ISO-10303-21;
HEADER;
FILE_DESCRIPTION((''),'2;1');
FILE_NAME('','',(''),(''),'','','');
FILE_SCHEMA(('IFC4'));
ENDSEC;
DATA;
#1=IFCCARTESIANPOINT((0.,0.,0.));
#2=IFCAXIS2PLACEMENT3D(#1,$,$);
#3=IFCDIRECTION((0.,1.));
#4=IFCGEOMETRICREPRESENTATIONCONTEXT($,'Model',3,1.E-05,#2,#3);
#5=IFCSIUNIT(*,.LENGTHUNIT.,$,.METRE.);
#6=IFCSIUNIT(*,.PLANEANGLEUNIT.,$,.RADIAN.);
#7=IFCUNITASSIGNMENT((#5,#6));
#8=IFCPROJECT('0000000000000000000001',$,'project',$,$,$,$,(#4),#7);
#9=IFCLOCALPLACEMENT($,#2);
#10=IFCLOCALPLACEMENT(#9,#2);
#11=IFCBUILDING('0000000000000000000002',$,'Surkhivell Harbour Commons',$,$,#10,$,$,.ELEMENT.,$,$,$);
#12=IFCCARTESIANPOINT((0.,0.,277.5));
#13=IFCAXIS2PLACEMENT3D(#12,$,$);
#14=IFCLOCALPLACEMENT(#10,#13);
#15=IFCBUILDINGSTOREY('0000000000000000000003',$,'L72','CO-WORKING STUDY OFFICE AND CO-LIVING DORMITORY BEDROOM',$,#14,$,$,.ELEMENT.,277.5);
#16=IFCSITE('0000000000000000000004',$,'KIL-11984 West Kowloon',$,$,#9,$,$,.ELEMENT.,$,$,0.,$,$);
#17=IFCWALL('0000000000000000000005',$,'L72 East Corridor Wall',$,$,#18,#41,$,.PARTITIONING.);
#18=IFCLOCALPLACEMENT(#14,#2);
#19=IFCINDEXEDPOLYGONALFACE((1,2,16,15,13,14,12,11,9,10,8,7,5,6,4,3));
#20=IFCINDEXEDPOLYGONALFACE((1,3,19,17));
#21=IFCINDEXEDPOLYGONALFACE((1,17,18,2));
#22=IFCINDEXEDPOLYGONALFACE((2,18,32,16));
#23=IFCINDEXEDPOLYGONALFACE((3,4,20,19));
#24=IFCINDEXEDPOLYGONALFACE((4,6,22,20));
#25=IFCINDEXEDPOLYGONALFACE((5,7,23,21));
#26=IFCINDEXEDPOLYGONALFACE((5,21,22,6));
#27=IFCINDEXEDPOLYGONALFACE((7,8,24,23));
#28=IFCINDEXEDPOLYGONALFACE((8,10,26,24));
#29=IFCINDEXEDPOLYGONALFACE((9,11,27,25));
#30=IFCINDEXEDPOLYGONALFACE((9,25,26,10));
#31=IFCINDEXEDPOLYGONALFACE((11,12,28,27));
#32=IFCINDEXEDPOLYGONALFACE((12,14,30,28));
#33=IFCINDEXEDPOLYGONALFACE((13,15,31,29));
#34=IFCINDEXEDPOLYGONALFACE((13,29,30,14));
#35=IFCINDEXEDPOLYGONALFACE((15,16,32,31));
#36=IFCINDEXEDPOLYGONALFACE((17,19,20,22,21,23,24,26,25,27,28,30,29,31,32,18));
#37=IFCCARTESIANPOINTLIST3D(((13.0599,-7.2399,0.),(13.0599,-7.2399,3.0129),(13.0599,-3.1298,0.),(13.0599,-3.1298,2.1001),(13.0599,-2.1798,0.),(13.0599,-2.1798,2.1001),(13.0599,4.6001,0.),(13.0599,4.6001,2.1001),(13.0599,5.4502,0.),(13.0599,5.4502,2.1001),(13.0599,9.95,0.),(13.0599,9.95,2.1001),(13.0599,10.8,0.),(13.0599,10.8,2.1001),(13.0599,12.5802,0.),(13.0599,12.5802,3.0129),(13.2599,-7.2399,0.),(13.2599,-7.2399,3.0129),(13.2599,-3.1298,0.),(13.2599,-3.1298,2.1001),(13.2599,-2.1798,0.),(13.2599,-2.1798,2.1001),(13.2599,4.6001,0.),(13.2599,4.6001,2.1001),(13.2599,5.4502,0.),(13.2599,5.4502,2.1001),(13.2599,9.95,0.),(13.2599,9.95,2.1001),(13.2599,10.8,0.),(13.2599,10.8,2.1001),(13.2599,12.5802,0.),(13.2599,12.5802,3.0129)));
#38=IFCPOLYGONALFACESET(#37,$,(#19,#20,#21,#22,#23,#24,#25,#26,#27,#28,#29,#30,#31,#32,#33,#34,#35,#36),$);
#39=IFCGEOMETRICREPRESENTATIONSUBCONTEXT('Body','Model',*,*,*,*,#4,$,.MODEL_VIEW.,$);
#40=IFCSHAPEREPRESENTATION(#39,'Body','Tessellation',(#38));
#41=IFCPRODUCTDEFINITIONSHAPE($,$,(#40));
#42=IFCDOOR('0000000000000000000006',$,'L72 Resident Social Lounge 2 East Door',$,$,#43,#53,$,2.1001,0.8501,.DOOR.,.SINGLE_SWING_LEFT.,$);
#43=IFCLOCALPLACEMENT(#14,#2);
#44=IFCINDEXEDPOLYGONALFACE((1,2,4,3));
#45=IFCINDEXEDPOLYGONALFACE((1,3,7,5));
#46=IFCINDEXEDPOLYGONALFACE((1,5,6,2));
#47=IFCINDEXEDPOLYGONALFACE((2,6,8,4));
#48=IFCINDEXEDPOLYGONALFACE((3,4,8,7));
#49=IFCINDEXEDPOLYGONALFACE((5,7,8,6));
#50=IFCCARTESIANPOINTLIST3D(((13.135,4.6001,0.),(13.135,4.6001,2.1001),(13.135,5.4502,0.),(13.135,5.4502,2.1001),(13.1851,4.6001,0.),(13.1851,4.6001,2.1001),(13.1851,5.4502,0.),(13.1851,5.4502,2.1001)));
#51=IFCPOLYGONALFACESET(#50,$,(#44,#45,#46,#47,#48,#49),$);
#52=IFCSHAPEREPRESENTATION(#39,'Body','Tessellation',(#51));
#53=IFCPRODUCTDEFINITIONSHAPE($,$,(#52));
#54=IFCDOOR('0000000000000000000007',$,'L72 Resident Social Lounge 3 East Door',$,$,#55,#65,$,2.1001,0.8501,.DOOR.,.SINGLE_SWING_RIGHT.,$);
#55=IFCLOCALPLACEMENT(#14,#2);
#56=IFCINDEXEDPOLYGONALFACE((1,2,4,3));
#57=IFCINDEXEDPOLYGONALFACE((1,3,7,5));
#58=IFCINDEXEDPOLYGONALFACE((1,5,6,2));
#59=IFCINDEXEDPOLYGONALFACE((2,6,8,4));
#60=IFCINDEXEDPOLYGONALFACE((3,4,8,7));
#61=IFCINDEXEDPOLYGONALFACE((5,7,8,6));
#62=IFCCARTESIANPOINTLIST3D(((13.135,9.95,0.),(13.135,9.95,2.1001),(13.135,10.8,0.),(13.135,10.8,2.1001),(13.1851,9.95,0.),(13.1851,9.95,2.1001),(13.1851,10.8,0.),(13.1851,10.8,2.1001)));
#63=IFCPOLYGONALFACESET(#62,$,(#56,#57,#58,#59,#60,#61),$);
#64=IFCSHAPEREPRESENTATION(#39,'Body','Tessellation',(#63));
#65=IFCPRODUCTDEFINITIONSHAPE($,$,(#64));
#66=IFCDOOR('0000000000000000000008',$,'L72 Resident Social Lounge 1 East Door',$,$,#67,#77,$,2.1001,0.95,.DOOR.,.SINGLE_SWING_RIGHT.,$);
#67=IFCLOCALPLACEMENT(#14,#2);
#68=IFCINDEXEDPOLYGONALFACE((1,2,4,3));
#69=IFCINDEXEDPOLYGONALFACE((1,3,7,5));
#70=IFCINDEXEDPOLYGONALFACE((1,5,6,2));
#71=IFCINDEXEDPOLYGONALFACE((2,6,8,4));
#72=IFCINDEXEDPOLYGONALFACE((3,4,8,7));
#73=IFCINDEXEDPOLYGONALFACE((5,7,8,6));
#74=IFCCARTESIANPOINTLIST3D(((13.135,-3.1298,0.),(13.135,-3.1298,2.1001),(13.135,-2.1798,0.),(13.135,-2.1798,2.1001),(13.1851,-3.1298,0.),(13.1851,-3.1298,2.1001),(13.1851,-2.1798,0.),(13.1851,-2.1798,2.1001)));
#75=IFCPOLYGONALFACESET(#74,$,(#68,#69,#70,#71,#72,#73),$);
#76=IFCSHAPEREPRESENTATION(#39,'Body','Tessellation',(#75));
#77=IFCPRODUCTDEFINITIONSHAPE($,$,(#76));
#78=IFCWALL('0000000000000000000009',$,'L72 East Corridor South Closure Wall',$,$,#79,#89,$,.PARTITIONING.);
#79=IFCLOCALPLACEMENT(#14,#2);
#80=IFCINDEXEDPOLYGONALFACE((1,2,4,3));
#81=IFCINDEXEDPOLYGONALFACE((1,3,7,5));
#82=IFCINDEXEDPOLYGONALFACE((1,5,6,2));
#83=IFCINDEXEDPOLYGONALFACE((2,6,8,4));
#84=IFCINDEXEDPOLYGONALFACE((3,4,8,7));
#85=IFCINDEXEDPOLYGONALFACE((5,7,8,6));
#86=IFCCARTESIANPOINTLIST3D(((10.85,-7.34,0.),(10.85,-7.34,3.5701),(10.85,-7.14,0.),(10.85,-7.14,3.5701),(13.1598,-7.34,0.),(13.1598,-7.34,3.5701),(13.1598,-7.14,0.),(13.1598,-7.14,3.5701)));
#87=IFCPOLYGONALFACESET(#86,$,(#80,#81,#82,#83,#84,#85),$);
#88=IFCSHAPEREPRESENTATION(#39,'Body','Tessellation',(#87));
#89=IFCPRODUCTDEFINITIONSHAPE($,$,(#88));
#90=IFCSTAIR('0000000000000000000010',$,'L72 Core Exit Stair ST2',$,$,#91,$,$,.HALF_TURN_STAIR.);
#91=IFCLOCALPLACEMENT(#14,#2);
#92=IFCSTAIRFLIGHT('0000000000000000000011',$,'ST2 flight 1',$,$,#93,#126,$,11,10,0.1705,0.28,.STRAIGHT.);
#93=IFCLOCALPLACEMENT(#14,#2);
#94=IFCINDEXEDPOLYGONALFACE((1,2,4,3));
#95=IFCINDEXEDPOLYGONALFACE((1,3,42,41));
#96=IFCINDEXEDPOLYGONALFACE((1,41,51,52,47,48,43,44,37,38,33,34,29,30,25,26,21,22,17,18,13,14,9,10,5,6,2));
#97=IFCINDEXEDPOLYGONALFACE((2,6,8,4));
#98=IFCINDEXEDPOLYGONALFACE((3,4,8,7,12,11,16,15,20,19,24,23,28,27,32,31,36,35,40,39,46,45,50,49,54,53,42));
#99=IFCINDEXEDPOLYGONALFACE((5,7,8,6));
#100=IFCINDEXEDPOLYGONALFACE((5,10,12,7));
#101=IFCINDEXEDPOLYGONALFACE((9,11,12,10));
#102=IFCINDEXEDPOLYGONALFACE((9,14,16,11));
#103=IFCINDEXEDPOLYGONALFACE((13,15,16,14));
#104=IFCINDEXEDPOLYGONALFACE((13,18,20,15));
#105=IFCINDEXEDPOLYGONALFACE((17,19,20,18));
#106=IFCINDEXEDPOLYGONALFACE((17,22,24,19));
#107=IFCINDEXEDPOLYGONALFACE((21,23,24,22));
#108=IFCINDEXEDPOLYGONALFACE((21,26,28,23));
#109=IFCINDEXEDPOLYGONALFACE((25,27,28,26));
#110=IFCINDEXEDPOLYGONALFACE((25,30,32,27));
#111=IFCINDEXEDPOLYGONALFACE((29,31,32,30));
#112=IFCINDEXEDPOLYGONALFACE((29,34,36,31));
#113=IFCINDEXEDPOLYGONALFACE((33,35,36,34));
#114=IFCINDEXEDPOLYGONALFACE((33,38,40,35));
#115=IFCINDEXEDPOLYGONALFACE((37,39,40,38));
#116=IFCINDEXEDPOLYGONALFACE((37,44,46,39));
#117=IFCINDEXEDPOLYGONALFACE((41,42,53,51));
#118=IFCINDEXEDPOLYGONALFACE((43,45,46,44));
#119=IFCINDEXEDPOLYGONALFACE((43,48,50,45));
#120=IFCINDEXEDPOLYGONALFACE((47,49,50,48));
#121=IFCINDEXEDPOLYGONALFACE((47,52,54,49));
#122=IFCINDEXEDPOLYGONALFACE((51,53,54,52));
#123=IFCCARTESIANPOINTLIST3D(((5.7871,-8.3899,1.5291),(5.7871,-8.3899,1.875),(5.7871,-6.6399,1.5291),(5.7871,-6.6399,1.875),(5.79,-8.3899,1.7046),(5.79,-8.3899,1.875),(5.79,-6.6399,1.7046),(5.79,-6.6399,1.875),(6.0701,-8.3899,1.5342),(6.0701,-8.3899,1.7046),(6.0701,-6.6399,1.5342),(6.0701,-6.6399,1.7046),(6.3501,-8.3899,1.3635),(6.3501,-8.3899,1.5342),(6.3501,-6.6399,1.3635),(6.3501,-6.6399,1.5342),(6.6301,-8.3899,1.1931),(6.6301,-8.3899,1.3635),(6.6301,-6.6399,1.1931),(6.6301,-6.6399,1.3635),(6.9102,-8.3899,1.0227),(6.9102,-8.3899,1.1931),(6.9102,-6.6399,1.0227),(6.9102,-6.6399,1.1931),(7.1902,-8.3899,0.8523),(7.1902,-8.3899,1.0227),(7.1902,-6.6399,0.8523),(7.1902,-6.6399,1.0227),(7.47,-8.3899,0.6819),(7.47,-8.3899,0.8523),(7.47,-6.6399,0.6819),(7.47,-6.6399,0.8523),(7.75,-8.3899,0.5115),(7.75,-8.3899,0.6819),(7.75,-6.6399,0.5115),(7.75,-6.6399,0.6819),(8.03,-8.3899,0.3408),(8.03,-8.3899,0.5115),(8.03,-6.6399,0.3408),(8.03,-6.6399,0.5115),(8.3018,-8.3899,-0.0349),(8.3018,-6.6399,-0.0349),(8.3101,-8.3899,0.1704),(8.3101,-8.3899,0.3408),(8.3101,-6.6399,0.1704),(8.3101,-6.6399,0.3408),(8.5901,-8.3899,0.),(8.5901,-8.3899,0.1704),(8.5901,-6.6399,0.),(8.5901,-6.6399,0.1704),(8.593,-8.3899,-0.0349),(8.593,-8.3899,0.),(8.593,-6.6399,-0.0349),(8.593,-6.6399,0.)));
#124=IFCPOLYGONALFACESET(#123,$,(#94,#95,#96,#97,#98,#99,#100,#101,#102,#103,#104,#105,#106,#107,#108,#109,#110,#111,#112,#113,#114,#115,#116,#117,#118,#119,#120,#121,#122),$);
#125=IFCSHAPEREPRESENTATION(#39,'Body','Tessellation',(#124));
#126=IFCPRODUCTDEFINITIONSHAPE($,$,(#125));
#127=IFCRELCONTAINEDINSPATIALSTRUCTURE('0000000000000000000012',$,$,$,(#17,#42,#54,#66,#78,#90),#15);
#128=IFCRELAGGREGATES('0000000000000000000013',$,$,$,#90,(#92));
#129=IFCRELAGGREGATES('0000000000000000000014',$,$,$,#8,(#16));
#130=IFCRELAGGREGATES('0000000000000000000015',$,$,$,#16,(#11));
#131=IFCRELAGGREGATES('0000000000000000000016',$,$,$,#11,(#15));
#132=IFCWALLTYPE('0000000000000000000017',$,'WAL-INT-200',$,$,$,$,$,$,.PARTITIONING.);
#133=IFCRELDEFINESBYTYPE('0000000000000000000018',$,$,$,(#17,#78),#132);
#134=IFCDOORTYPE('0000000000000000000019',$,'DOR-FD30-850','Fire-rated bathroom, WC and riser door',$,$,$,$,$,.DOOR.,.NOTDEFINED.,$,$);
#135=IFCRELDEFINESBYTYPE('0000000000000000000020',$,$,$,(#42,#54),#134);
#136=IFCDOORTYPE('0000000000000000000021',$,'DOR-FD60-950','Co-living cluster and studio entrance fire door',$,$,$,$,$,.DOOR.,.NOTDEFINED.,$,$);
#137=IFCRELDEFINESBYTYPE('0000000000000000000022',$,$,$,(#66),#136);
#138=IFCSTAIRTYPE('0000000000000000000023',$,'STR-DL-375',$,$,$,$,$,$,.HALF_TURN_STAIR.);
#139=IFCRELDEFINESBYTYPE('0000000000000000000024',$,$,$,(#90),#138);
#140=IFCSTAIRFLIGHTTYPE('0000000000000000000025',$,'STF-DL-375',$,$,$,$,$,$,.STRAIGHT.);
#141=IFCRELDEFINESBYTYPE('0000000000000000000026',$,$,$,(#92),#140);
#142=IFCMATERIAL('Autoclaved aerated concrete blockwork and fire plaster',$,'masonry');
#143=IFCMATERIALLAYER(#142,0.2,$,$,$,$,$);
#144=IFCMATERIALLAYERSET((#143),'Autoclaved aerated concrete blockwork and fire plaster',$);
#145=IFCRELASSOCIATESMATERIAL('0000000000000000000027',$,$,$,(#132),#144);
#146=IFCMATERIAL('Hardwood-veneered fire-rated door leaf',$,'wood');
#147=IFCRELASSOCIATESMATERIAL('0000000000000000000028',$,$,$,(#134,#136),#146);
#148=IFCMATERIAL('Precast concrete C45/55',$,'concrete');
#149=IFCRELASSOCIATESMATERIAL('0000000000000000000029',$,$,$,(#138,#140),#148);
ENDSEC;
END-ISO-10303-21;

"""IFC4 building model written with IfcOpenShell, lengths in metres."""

from ifc_helpers import new_model, si_unit, direction, frame, frame_2d, origin, place, context, subcontext, project, spatial, polyline, rectangle, outline, extrude, material, layer, layer_set, type_object, element, fill, aggregate, save


model = new_model("IFC4")

# Units and contexts
model_context = context("Model", 3, precision=1e-05, world=origin(), true_north=direction((0.0, 1.0)))
body_context = subcontext(model_context, "Body", "Model", "MODEL_VIEW")
ifc_project = project(units=[si_unit("LENGTHUNIT", "METRE"), si_unit("PLANEANGLEUNIT", "RADIAN")], contexts=[model_context])

# Site, building, storey
site_placement = place(None, origin())
site = spatial("IfcSite", under=ifc_project, at=site_placement, Name="KIL-11984 West Kowloon", CompositionType="ELEMENT", RefElevation=0.0)
building_placement = place(site_placement, origin())
building = spatial("IfcBuilding", under=site, at=building_placement, Name="Surkhivell Harbour Commons", CompositionType="ELEMENT")
storey_placement = place(building_placement, frame((0.0, 0.0, 277.5)))
storey = spatial("IfcBuildingStorey", under=building, at=storey_placement, Name="L72", Description="CO-WORKING STUDY OFFICE AND CO-LIVING DORMITORY BEDROOM", CompositionType="ELEMENT", Elevation=277.5)

# Shared definitions
ifc_material_1 = material(Name="Hardwood-veneered fire-rated door leaf", Category="wood")

# Wall, openings, doors
ifc_material_2 = material(Name="Autoclaved aerated concrete blockwork and fire plaster", Category="masonry")
ifc_layer_1 = layer(ifc_material_2, 0.2)
ifc_layer_set_1 = layer_set([ifc_layer_1], Name="Autoclaved aerated concrete blockwork and fire plaster")
wall_type_1 = type_object("IfcWallType", Name="WAL-INT-200", PredefinedType="PARTITIONING", material=ifc_layer_set_1)
wall_1_placement = place(storey_placement, frame((13.1599, -7.24, 0.0), z_axis=(0.0, 0.0, 1.0), x_axis=(0.0, 1.0, 0.0)))
wall_1 = element("IfcWall", 1, at=wall_1_placement, inside=storey, type_object=wall_type_1, Name="L72 East Corridor Wall", PredefinedType="PARTITIONING", context=body_context, shape_type="SweptSolid", body=[
    extrude(rectangle(XDim=19.8201, YDim=0.2, at=frame_2d((9.9102, 0.0))), origin(), (0.0, 0.0, 1.0), 3.0129),
])
opening_1_placement = place(wall_1_placement, frame((4.1101, 0.0, 0.0)))
opening_1 = element("IfcOpeningElement", 2, at=opening_1_placement, cuts=wall_1, PredefinedType="OPENING", context=body_context, shape_type="SweptSolid", body=[
    extrude(rectangle(XDim=0.95, YDim=2.1001, at=frame_2d((0.4751, 1.05))), frame((0.0, 0.1099, 0.0), z_axis=(0.0, -1.0, 0.0), x_axis=(1.0, 0.0, 0.0)), (0.0, 0.0, 1.0), 0.22),
])
opening_2_placement = place(wall_1_placement, frame((11.8401, 0.0, 0.0)))
opening_2 = element("IfcOpeningElement", 3, at=opening_2_placement, cuts=wall_1, PredefinedType="OPENING", context=body_context, shape_type="SweptSolid", body=[
    extrude(rectangle(XDim=0.8501, YDim=2.1001, at=frame_2d((0.425, 1.05))), frame((0.0, 0.1099, 0.0), z_axis=(0.0, -1.0, 0.0), x_axis=(1.0, 0.0, 0.0)), (0.0, 0.0, 1.0), 0.22),
])
opening_3_placement = place(wall_1_placement, frame((17.1899, 0.0, 0.0)))
opening_3 = element("IfcOpeningElement", 4, at=opening_3_placement, cuts=wall_1, PredefinedType="OPENING", context=body_context, shape_type="SweptSolid", body=[
    extrude(rectangle(XDim=0.8501, YDim=2.1001, at=frame_2d((0.425, 1.05))), frame((0.0, 0.1099, 0.0), z_axis=(0.0, -1.0, 0.0), x_axis=(1.0, 0.0, 0.0)), (0.0, 0.0, 1.0), 0.22),
])
door_type_1 = type_object("IfcDoorType", Name="DOR-FD30-850", Description="Fire-rated bathroom, WC and riser door", OperationType="NOTDEFINED", PredefinedType="DOOR", material=ifc_material_1)
door_1_placement = place(opening_2_placement, origin())
door_1 = element("IfcDoor", 5, at=door_1_placement, inside=storey, type_object=door_type_1, Name="L72 Resident Social Lounge 2 East Door", OperationType="SINGLE_SWING_LEFT", OverallHeight=2.1001, OverallWidth=0.8501, PredefinedType="DOOR", context=body_context, shape_type="SweptSolid", body=[
    extrude(rectangle(XDim=0.8501, YDim=2.1001, at=frame_2d((0.425, 1.05))), frame((0.0, 0.0249, 0.0), z_axis=(0.0, -1.0, 0.0), x_axis=(1.0, 0.0, 0.0)), (0.0, 0.0, 1.0), 0.05),
])
fill(opening_2, door_1)
door_2_placement = place(opening_3_placement, origin())
door_2 = element("IfcDoor", 6, at=door_2_placement, inside=storey, type_object=door_type_1, Name="L72 Resident Social Lounge 3 East Door", OperationType="SINGLE_SWING_RIGHT", OverallHeight=2.1001, OverallWidth=0.8501, PredefinedType="DOOR", context=body_context, shape_type="SweptSolid", body=[
    extrude(rectangle(XDim=0.8501, YDim=2.1001, at=frame_2d((0.425, 1.05))), frame((0.0, 0.0249, 0.0), z_axis=(0.0, -1.0, 0.0), x_axis=(1.0, 0.0, 0.0)), (0.0, 0.0, 1.0), 0.05),
])
fill(opening_3, door_2)
door_type_2 = type_object("IfcDoorType", Name="DOR-FD60-950", Description="Co-living cluster and studio entrance fire door", OperationType="NOTDEFINED", PredefinedType="DOOR", material=ifc_material_1)
door_3_placement = place(opening_1_placement, origin())
door_3 = element("IfcDoor", 7, at=door_3_placement, inside=storey, type_object=door_type_2, Name="L72 Resident Social Lounge 1 East Door", OperationType="SINGLE_SWING_RIGHT", OverallHeight=2.1001, OverallWidth=0.95, PredefinedType="DOOR", context=body_context, shape_type="SweptSolid", body=[
    extrude(rectangle(XDim=0.95, YDim=2.1001, at=frame_2d((0.4751, 1.05))), frame((0.0, 0.0249, 0.0), z_axis=(0.0, -1.0, 0.0), x_axis=(1.0, 0.0, 0.0)), (0.0, 0.0, 1.0), 0.05),
])
fill(opening_1, door_3)

# Wall
wall_2_placement = place(storey_placement, frame((10.8501, -7.24, 0.0), z_axis=(0.0, 0.0, 1.0), x_axis=(1.0, 0.0, 0.0)))
element("IfcWall", 8, at=wall_2_placement, inside=storey, type_object=wall_type_1, Name="L72 East Corridor South Closure Wall", PredefinedType="PARTITIONING", context=body_context, shape_type="SweptSolid", body=[
    extrude(rectangle(XDim=2.3098, YDim=0.2, at=frame_2d((1.1548, 0.0))), origin(), (0.0, 0.0, 1.0), 3.5701),
])

# Stair, stair flight
ifc_material_3 = material(Name="Precast concrete C45/55", Category="concrete")
stair_type = type_object("IfcStairType", Name="STR-DL-375", PredefinedType="HALF_TURN_STAIR", material=ifc_material_3)
stair_placement = place(storey_placement, origin())
stair = element("IfcStair", 9, at=stair_placement, inside=storey, type_object=stair_type, Name="L72 Core Exit Stair ST2", PredefinedType="HALF_TURN_STAIR")
stair_flight_type = type_object("IfcStairFlightType", Name="STF-DL-375", PredefinedType="STRAIGHT", material=ifc_material_3)
stair_flight_placement = place(storey_placement, frame((8.5901, -7.5149, 0.0), z_axis=(0.0, 0.0, 1.0), x_axis=(-1.0, 0.0, 0.0)))
stair_flight = element("IfcStairFlight", 10, at=stair_flight_placement, type_object=stair_flight_type, Name="ST2 flight 1", NumberOfRisers=11, NumberOfTreads=10, PredefinedType="STRAIGHT", RiserHeight=0.1705, TreadLength=0.28, context=body_context, shape_type="SweptSolid", body=[
    extrude(outline(polyline([(-0.0029, -0.0349), (-0.0029, 0.0), (0.0, 0.0), (0.0, 0.1704), (0.28, 0.1704), (0.28, 0.3408), (0.5601, 0.3408), (0.5601, 0.5115), (0.8401, 0.5115), (0.8401, 0.6819), (1.1201, 0.6819), (1.1201, 0.8523), (1.3999, 0.8523), (1.3999, 1.0227), (1.6799, 1.0227), (1.6799, 1.1931), (1.96, 1.1931), (1.96, 1.3635), (2.24, 1.3635), (2.24, 1.5342), (2.52, 1.5342), (2.52, 1.7046), (2.8, 1.7046), (2.8, 1.875), (2.803, 1.875), (2.803, 1.5291), (0.2883, -0.0349), (-0.0029, -0.0349)])), frame((0.0, 0.875, 0.0), z_axis=(0.0, -1.0, 0.0), x_axis=(1.0, 0.0, 0.0)), (0.0, 0.0, 1.0), 1.75),
])
aggregate(stair, [stair_flight])

save(model, "model.ifc")
